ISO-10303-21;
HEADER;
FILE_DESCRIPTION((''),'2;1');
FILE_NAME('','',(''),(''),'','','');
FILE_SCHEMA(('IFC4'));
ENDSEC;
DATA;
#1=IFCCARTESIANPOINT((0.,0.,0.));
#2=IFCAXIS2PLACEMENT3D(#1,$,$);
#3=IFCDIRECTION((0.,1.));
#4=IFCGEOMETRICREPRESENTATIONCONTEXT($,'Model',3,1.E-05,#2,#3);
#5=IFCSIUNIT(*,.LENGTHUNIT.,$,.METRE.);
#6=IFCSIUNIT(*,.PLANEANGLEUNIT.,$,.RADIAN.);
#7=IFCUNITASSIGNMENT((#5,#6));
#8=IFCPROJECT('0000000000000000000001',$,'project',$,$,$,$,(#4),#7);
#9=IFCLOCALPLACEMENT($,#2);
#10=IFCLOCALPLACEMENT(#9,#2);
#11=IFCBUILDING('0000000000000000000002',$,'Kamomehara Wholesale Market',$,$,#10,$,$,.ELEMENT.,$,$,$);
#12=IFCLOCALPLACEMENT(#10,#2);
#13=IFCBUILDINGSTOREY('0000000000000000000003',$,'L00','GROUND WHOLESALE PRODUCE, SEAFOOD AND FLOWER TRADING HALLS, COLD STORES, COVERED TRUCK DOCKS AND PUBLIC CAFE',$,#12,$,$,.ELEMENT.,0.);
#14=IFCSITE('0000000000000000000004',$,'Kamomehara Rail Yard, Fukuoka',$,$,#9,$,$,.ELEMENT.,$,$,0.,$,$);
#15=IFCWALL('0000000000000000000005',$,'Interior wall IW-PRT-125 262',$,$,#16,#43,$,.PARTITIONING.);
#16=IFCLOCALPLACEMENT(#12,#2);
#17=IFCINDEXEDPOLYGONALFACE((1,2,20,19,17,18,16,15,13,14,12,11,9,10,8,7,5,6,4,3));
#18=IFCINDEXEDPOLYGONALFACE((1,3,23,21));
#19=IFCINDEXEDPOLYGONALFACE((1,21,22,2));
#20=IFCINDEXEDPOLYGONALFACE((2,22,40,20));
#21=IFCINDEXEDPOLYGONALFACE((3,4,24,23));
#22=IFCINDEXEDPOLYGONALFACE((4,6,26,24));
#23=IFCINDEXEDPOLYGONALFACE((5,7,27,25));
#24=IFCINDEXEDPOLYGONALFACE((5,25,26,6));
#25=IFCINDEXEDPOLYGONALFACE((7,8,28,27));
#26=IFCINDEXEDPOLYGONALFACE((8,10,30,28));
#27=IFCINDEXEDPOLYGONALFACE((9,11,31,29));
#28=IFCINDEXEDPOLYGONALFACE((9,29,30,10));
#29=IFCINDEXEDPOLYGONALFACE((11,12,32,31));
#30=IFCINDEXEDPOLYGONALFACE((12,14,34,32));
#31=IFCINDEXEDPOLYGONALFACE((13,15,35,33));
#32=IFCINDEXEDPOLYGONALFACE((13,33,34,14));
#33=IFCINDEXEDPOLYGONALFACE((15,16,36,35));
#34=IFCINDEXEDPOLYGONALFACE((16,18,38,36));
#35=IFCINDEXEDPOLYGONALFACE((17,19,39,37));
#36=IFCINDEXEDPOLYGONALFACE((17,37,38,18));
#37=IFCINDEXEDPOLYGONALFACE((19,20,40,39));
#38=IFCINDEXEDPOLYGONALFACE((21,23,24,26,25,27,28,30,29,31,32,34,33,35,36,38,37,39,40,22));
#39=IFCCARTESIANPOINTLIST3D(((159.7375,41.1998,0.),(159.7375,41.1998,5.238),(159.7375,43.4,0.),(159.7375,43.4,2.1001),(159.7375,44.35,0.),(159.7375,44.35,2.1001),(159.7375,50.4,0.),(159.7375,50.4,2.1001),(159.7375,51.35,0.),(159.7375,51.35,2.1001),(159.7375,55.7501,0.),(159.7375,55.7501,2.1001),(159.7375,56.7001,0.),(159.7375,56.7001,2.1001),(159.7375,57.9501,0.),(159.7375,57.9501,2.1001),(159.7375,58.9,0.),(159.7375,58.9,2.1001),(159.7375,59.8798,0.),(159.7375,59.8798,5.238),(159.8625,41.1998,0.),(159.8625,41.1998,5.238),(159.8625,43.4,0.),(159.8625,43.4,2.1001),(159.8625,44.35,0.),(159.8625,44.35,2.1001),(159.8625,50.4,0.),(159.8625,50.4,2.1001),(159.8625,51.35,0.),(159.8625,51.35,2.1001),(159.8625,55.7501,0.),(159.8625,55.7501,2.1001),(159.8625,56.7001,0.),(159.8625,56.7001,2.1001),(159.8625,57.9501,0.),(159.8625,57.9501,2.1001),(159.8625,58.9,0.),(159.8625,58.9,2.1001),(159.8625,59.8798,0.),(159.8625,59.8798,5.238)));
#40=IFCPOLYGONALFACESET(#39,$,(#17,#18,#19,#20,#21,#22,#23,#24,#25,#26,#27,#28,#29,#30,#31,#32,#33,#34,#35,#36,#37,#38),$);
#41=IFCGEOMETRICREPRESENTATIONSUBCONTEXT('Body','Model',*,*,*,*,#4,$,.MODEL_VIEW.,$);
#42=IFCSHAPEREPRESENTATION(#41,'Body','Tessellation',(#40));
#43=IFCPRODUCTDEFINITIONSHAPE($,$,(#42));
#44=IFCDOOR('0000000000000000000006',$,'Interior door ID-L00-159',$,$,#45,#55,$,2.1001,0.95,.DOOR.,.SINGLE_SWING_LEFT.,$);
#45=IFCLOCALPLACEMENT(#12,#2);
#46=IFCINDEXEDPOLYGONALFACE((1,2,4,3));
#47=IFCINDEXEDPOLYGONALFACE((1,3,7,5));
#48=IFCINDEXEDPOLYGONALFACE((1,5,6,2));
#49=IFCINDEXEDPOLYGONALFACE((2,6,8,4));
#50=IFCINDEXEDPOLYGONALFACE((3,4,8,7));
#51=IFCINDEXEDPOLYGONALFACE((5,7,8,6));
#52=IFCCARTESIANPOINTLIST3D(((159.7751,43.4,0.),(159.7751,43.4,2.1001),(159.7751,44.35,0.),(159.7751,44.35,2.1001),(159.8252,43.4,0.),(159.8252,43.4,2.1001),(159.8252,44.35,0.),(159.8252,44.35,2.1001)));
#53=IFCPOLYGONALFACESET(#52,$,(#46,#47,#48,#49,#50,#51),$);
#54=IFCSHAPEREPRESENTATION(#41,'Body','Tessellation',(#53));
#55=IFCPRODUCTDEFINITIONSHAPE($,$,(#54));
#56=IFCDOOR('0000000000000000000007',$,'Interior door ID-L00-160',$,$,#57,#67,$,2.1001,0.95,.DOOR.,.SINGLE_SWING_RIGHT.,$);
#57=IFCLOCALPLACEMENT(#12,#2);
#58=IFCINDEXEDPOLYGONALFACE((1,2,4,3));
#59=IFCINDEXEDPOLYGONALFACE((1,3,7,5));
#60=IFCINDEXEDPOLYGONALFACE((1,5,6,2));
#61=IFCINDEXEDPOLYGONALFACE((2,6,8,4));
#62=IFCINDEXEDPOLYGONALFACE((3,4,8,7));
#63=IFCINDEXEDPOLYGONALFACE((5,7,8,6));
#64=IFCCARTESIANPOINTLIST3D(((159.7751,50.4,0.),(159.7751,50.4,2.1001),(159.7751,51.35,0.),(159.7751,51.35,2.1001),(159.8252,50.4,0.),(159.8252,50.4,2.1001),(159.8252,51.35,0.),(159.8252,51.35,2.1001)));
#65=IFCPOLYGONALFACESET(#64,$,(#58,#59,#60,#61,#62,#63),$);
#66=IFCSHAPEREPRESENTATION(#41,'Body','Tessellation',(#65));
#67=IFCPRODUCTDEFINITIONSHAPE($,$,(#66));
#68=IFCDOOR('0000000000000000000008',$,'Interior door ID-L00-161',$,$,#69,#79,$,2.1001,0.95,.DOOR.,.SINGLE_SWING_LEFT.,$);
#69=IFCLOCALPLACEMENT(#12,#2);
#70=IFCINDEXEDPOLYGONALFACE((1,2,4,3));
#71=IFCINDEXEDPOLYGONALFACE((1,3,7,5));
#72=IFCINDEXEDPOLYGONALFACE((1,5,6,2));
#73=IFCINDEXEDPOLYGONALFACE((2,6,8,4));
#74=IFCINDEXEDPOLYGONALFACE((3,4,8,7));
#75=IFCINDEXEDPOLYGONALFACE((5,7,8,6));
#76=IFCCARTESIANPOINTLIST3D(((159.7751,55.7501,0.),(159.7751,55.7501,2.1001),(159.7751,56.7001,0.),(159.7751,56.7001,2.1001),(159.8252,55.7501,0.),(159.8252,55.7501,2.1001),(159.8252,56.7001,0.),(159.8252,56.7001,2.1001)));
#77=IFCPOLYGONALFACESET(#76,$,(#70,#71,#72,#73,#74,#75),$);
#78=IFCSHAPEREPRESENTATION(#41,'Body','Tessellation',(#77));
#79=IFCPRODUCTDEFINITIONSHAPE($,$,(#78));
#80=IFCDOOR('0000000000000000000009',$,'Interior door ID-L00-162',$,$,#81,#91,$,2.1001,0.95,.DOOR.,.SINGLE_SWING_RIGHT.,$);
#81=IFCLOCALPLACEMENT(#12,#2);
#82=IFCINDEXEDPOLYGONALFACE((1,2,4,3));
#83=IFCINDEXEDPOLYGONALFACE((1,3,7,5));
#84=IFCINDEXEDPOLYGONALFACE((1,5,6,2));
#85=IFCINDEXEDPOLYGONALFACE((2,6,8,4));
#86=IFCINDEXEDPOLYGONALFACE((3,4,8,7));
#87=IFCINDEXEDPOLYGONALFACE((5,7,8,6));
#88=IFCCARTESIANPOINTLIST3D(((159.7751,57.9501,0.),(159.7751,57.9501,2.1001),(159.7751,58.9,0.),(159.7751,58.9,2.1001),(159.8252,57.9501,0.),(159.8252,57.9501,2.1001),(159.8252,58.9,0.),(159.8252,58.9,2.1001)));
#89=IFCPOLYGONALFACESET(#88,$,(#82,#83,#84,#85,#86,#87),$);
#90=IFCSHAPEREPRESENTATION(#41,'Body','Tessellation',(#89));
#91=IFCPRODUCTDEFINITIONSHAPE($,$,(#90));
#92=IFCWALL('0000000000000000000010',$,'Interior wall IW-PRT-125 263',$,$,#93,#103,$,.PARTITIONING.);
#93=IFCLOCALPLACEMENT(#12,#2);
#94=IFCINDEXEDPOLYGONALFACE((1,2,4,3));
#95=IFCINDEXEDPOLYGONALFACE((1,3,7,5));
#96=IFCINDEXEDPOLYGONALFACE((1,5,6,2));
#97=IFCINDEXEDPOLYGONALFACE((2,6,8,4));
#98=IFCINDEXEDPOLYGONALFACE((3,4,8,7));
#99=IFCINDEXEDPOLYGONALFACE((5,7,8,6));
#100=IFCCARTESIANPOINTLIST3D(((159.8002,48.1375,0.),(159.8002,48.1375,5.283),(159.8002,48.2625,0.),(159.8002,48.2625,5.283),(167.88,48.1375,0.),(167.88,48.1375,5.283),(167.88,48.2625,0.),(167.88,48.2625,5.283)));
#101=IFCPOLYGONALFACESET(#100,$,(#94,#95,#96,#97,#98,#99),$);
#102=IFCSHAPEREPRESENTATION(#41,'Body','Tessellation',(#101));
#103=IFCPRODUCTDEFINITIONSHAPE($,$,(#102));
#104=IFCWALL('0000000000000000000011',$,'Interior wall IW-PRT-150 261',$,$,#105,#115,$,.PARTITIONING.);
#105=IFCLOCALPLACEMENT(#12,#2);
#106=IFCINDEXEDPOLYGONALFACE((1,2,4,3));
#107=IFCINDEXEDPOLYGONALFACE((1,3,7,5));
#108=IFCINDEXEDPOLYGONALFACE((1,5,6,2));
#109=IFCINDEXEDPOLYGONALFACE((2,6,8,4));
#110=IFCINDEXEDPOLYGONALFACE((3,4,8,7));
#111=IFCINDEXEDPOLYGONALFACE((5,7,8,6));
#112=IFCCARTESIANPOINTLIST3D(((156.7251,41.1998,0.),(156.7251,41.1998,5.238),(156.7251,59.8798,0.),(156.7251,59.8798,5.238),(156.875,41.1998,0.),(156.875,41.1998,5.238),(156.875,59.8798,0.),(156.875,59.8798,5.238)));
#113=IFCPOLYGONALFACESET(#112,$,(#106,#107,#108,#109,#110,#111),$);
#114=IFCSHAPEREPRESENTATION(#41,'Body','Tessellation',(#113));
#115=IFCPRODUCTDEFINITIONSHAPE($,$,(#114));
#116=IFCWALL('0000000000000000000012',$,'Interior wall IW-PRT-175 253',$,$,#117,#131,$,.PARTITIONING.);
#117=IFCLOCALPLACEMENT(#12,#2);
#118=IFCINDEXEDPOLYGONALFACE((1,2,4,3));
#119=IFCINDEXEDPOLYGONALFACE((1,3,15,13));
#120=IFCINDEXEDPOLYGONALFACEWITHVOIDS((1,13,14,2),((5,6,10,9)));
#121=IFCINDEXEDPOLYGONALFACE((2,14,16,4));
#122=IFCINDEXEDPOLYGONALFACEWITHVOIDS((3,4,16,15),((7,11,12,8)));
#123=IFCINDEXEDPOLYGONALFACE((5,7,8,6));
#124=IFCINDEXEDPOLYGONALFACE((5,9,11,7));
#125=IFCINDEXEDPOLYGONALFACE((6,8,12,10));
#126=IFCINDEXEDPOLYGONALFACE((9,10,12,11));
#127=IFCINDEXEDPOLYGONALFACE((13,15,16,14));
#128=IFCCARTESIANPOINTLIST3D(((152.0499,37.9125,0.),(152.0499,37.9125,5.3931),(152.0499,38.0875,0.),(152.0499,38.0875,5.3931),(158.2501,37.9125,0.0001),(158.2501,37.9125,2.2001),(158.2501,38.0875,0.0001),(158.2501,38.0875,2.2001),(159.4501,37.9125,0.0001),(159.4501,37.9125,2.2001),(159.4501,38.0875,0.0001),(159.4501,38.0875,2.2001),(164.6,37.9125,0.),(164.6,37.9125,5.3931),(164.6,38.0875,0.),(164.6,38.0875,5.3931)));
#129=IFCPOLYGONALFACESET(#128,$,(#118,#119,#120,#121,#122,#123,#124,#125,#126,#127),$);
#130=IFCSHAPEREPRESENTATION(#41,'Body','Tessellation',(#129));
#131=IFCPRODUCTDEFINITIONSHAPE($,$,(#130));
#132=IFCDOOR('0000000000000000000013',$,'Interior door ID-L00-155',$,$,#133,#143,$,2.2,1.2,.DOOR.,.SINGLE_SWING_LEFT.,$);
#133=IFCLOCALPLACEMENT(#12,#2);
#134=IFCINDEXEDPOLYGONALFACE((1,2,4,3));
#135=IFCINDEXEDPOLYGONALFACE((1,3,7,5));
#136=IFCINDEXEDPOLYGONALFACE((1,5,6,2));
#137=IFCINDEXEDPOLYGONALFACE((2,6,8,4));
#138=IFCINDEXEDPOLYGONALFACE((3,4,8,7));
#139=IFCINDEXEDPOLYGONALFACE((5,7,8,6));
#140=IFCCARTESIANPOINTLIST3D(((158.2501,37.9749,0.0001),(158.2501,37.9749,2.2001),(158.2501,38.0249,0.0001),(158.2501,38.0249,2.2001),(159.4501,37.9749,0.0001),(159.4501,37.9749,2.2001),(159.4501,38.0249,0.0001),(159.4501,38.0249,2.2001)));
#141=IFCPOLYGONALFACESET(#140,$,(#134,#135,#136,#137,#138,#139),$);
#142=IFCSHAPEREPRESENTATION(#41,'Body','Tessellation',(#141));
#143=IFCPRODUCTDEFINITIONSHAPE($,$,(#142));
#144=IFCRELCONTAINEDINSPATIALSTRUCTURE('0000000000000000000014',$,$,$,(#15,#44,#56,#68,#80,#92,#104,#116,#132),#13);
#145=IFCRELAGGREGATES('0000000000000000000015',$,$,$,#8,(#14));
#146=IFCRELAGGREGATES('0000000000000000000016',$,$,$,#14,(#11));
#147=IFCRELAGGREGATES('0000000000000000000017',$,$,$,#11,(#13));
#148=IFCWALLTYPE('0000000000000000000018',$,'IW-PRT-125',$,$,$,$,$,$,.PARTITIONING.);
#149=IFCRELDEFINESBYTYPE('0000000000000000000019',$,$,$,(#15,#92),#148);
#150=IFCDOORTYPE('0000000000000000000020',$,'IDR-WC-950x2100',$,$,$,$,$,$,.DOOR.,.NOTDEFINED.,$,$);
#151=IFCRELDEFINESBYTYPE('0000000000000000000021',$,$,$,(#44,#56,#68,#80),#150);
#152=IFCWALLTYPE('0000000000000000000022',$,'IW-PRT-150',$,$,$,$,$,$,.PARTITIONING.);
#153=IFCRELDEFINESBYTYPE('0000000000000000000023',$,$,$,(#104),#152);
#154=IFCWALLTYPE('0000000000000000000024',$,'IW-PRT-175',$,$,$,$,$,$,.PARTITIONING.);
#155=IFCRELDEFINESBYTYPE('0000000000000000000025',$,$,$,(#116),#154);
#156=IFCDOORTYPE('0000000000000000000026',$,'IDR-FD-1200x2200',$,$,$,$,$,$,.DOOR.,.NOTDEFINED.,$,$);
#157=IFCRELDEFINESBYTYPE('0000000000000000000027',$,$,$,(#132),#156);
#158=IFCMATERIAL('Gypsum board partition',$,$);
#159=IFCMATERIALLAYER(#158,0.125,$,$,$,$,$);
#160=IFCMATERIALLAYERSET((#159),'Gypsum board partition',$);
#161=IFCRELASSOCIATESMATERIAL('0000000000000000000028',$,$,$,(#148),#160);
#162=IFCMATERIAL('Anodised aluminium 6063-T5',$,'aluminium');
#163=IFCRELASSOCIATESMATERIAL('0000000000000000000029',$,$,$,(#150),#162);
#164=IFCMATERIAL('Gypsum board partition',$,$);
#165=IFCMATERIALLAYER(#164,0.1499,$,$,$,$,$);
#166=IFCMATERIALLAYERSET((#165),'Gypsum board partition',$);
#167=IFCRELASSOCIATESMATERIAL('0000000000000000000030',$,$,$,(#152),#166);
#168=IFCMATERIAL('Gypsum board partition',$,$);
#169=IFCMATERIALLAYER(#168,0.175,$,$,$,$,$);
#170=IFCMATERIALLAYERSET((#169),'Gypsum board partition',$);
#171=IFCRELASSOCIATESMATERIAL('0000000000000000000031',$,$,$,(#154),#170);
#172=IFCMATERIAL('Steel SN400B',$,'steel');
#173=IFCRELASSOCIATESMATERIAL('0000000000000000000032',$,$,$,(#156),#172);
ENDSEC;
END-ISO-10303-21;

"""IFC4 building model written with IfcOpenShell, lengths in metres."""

from ifc_helpers import new_model, si_unit, direction, frame, frame_2d, origin, place, context, subcontext, project, spatial, rectangle, extrude, material, layer, layer_set, type_object, element, fill, save


model = new_model("IFC4")

# Units and contexts
model_context = context("Model", 3, precision=1e-05, world=origin(), true_north=direction((0.0, 1.0)))
body_context = subcontext(model_context, "Body", "Model", "MODEL_VIEW")
ifc_project = project(units=[si_unit("LENGTHUNIT", "METRE"), si_unit("PLANEANGLEUNIT", "RADIAN")], contexts=[model_context])

# Site, building, storey
site_placement = place(None, origin())
site = spatial("IfcSite", under=ifc_project, at=site_placement, Name="Kamomehara Rail Yard, Fukuoka", CompositionType="ELEMENT", RefElevation=0.0)
building_placement = place(site_placement, origin())
building = spatial("IfcBuilding", under=site, at=building_placement, Name="Kamomehara Wholesale Market", CompositionType="ELEMENT")
storey_placement = place(building_placement, origin())
storey = spatial("IfcBuildingStorey", under=building, at=storey_placement, Name="L00", Description="GROUND WHOLESALE PRODUCE, SEAFOOD AND FLOWER TRADING HALLS, COLD STORES, COVERED TRUCK DOCKS AND PUBLIC CAFE", CompositionType="ELEMENT", Elevation=0.0)

# Shared definitions
ifc_material_1 = material(Name="Gypsum board partition")
ifc_layer_1 = layer(ifc_material_1, 0.125)
ifc_layer_set_1 = layer_set([ifc_layer_1], Name="Gypsum board partition")
wall_type_1 = type_object("IfcWallType", Name="IW-PRT-125", PredefinedType="PARTITIONING", material=ifc_layer_set_1)

# Wall, openings, doors
wall_1_placement = place(storey_placement, frame((159.8, 41.2, 0.0), z_axis=(0.0, 0.0, 1.0), x_axis=(0.0, 1.0, 0.0)))
wall_1 = element("IfcWall", 1, at=wall_1_placement, inside=storey, type_object=wall_type_1, Name="Interior wall IW-PRT-125 262", PredefinedType="PARTITIONING", context=body_context, shape_type="SweptSolid", body=[
    extrude(rectangle(XDim=18.6799, YDim=0.125, at=frame_2d((9.3398, 0.0))), origin(), (0.0, 0.0, 1.0), 5.238),
])
opening_1_placement = place(wall_1_placement, frame((2.2, 0.0, 0.0)))
opening_1 = element("IfcOpeningElement", 2, at=opening_1_placement, cuts=wall_1, PredefinedType="OPENING", context=body_context, shape_type="SweptSolid", body=[
    extrude(rectangle(XDim=0.95, YDim=2.1001, at=frame_2d((0.4751, 1.05))), frame((0.0, 0.0774, 0.0), z_axis=(0.0, -1.0, 0.0), x_axis=(1.0, 0.0, 0.0)), (0.0, 0.0, 1.0), 0.1548),
])
opening_2_placement = place(wall_1_placement, frame((9.2, 0.0, 0.0)))
opening_2 = element("IfcOpeningElement", 3, at=opening_2_placement, cuts=wall_1, PredefinedType="OPENING", context=body_context, shape_type="SweptSolid", body=[
    extrude(rectangle(XDim=0.95, YDim=2.1001, at=frame_2d((0.4751, 1.05))), frame((0.0, 0.0774, 0.0), z_axis=(0.0, -1.0, 0.0), x_axis=(1.0, 0.0, 0.0)), (0.0, 0.0, 1.0), 0.1548),
])
opening_3_placement = place(wall_1_placement, frame((14.55, 0.0, 0.0)))
opening_3 = element("IfcOpeningElement", 4, at=opening_3_placement, cuts=wall_1, PredefinedType="OPENING", context=body_context, shape_type="SweptSolid", body=[
    extrude(rectangle(XDim=0.95, YDim=2.1001, at=frame_2d((0.4751, 1.05))), frame((0.0, 0.0774, 0.0), z_axis=(0.0, -1.0, 0.0), x_axis=(1.0, 0.0, 0.0)), (0.0, 0.0, 1.0), 0.1548),
])
opening_4_placement = place(wall_1_placement, frame((16.75, 0.0, 0.0)))
opening_4 = element("IfcOpeningElement", 5, at=opening_4_placement, cuts=wall_1, PredefinedType="OPENING", context=body_context, shape_type="SweptSolid", body=[
    extrude(rectangle(XDim=0.95, YDim=2.1001, at=frame_2d((0.4751, 1.05))), frame((0.0, 0.0774, 0.0), z_axis=(0.0, -1.0, 0.0), x_axis=(1.0, 0.0, 0.0)), (0.0, 0.0, 1.0), 0.1548),
])
ifc_material_2 = material(Name="Anodised aluminium 6063-T5", Category="aluminium")
door_type_1 = type_object("IfcDoorType", Name="IDR-WC-950x2100", OperationType="NOTDEFINED", PredefinedType="DOOR", material=ifc_material_2)
door_1_placement = place(opening_1_placement, origin())
door_1 = element("IfcDoor", 6, at=door_1_placement, inside=storey, type_object=door_type_1, Name="Interior door ID-L00-159", OperationType="SINGLE_SWING_LEFT", OverallHeight=2.1001, OverallWidth=0.95, PredefinedType="DOOR", context=body_context, shape_type="SweptSolid", body=[
    extrude(rectangle(XDim=0.95, YDim=2.1001, at=frame_2d((0.4751, 1.05))), frame((0.0, 0.0249, 0.0), z_axis=(0.0, -1.0, 0.0), x_axis=(1.0, 0.0, 0.0)), (0.0, 0.0, 1.0), 0.05),
])
fill(opening_1, door_1)
door_2_placement = place(opening_2_placement, origin())
door_2 = element("IfcDoor", 7, at=door_2_placement, inside=storey, type_object=door_type_1, Name="Interior door ID-L00-160", OperationType="SINGLE_SWING_RIGHT", OverallHeight=2.1001, OverallWidth=0.95, PredefinedType="DOOR", context=body_context, shape_type="SweptSolid", body=[
    extrude(rectangle(XDim=0.95, YDim=2.1001, at=frame_2d((0.4751, 1.05))), frame((0.0, 0.0249, 0.0), z_axis=(0.0, -1.0, 0.0), x_axis=(1.0, 0.0, 0.0)), (0.0, 0.0, 1.0), 0.05),
])
fill(opening_2, door_2)
door_3_placement = place(opening_3_placement, origin())
door_3 = element("IfcDoor", 8, at=door_3_placement, inside=storey, type_object=door_type_1, Name="Interior door ID-L00-161", OperationType="SINGLE_SWING_LEFT", OverallHeight=2.1001, OverallWidth=0.95, PredefinedType="DOOR", context=body_context, shape_type="SweptSolid", body=[
    extrude(rectangle(XDim=0.95, YDim=2.1001, at=frame_2d((0.4751, 1.05))), frame((0.0, 0.0249, 0.0), z_axis=(0.0, -1.0, 0.0), x_axis=(1.0, 0.0, 0.0)), (0.0, 0.0, 1.0), 0.05),
])
fill(opening_3, door_3)
door_4_placement = place(opening_4_placement, origin())
door_4 = element("IfcDoor", 9, at=door_4_placement, inside=storey, type_object=door_type_1, Name="Interior door ID-L00-162", OperationType="SINGLE_SWING_RIGHT", OverallHeight=2.1001, OverallWidth=0.95, PredefinedType="DOOR", context=body_context, shape_type="SweptSolid", body=[
    extrude(rectangle(XDim=0.95, YDim=2.1001, at=frame_2d((0.4751, 1.05))), frame((0.0, 0.0249, 0.0), z_axis=(0.0, -1.0, 0.0), x_axis=(1.0, 0.0, 0.0)), (0.0, 0.0, 1.0), 0.05),
])
fill(opening_4, door_4)

# Walls
wall_2_placement = place(storey_placement, frame((159.8, 48.2, 0.0), z_axis=(0.0, 0.0, 1.0), x_axis=(1.0, 0.0, 0.0)))
element("IfcWall", 10, at=wall_2_placement, inside=storey, type_object=wall_type_1, Name="Interior wall IW-PRT-125 263", PredefinedType="PARTITIONING", context=body_context, shape_type="SweptSolid", body=[
    extrude(rectangle(XDim=8.0798, YDim=0.125, at=frame_2d((4.04, 0.0))), origin(), (0.0, 0.0, 1.0), 5.283),
])
ifc_material_3 = material(Name="Gypsum board partition")
ifc_layer_2 = layer(ifc_material_3, 0.1499)
ifc_layer_set_2 = layer_set([ifc_layer_2], Name="Gypsum board partition")
wall_type_2 = type_object("IfcWallType", Name="IW-PRT-150", PredefinedType="PARTITIONING", material=ifc_layer_set_2)
wall_3_placement = place(storey_placement, frame((156.8, 41.2, 0.0), z_axis=(0.0, 0.0, 1.0), x_axis=(0.0, 1.0, 0.0)))
element("IfcWall", 11, at=wall_3_placement, inside=storey, type_object=wall_type_2, Name="Interior wall IW-PRT-150 261", PredefinedType="PARTITIONING", context=body_context, shape_type="SweptSolid", body=[
    extrude(rectangle(XDim=18.6799, YDim=0.1499, at=frame_2d((9.3398, 0.0))), origin(), (0.0, 0.0, 1.0), 5.238),
])

# Wall, opening, door
ifc_material_4 = material(Name="Gypsum board partition")
ifc_layer_3 = layer(ifc_material_4, 0.175)
ifc_layer_set_3 = layer_set([ifc_layer_3], Name="Gypsum board partition")
wall_type_3 = type_object("IfcWallType", Name="IW-PRT-175", PredefinedType="PARTITIONING", material=ifc_layer_set_3)
wall_4_placement = place(storey_placement, frame((152.05, 38.0, 0.0), z_axis=(0.0, 0.0, 1.0), x_axis=(1.0, 0.0, 0.0)))
wall_4 = element("IfcWall", 12, at=wall_4_placement, inside=storey, type_object=wall_type_3, Name="Interior wall IW-PRT-175 253", PredefinedType="PARTITIONING", context=body_context, shape_type="SweptSolid", body=[
    extrude(rectangle(XDim=12.55, YDim=0.175, at=frame_2d((6.2749, 0.0))), origin(), (0.0, 0.0, 1.0), 5.3931),
])
opening_5_placement = place(wall_4_placement, frame((6.2, 0.0, 0.0)))
opening_5 = element("IfcOpeningElement", 13, at=opening_5_placement, cuts=wall_4, PredefinedType="OPENING", context=body_context, shape_type="SweptSolid", body=[
    extrude(rectangle(XDim=1.2, YDim=2.2, at=frame_2d((0.6001, 1.1001))), frame((0.0, 0.1025, 0.0), z_axis=(0.0, -1.0, 0.0), x_axis=(1.0, 0.0, 0.0)), (0.0, 0.0, 1.0), 0.2048),
])
ifc_material_5 = material(Name="Steel SN400B", Category="steel")
door_type_2 = type_object("IfcDoorType", Name="IDR-FD-1200x2200", OperationType="NOTDEFINED", PredefinedType="DOOR", material=ifc_material_5)
door_5_placement = place(opening_5_placement, origin())
door_5 = element("IfcDoor", 14, at=door_5_placement, inside=storey, type_object=door_type_2, Name="Interior door ID-L00-155", OperationType="SINGLE_SWING_LEFT", OverallHeight=2.2, OverallWidth=1.2, PredefinedType="DOOR", context=body_context, shape_type="SweptSolid", body=[
    extrude(rectangle(XDim=1.2, YDim=2.2, at=frame_2d((0.6001, 1.1001))), frame((0.0, 0.0249, 0.0), z_axis=(0.0, -1.0, 0.0), x_axis=(1.0, 0.0, 0.0)), (0.0, 0.0, 1.0), 0.05),
])
fill(opening_5, door_5)

save(model, "model.ifc")
